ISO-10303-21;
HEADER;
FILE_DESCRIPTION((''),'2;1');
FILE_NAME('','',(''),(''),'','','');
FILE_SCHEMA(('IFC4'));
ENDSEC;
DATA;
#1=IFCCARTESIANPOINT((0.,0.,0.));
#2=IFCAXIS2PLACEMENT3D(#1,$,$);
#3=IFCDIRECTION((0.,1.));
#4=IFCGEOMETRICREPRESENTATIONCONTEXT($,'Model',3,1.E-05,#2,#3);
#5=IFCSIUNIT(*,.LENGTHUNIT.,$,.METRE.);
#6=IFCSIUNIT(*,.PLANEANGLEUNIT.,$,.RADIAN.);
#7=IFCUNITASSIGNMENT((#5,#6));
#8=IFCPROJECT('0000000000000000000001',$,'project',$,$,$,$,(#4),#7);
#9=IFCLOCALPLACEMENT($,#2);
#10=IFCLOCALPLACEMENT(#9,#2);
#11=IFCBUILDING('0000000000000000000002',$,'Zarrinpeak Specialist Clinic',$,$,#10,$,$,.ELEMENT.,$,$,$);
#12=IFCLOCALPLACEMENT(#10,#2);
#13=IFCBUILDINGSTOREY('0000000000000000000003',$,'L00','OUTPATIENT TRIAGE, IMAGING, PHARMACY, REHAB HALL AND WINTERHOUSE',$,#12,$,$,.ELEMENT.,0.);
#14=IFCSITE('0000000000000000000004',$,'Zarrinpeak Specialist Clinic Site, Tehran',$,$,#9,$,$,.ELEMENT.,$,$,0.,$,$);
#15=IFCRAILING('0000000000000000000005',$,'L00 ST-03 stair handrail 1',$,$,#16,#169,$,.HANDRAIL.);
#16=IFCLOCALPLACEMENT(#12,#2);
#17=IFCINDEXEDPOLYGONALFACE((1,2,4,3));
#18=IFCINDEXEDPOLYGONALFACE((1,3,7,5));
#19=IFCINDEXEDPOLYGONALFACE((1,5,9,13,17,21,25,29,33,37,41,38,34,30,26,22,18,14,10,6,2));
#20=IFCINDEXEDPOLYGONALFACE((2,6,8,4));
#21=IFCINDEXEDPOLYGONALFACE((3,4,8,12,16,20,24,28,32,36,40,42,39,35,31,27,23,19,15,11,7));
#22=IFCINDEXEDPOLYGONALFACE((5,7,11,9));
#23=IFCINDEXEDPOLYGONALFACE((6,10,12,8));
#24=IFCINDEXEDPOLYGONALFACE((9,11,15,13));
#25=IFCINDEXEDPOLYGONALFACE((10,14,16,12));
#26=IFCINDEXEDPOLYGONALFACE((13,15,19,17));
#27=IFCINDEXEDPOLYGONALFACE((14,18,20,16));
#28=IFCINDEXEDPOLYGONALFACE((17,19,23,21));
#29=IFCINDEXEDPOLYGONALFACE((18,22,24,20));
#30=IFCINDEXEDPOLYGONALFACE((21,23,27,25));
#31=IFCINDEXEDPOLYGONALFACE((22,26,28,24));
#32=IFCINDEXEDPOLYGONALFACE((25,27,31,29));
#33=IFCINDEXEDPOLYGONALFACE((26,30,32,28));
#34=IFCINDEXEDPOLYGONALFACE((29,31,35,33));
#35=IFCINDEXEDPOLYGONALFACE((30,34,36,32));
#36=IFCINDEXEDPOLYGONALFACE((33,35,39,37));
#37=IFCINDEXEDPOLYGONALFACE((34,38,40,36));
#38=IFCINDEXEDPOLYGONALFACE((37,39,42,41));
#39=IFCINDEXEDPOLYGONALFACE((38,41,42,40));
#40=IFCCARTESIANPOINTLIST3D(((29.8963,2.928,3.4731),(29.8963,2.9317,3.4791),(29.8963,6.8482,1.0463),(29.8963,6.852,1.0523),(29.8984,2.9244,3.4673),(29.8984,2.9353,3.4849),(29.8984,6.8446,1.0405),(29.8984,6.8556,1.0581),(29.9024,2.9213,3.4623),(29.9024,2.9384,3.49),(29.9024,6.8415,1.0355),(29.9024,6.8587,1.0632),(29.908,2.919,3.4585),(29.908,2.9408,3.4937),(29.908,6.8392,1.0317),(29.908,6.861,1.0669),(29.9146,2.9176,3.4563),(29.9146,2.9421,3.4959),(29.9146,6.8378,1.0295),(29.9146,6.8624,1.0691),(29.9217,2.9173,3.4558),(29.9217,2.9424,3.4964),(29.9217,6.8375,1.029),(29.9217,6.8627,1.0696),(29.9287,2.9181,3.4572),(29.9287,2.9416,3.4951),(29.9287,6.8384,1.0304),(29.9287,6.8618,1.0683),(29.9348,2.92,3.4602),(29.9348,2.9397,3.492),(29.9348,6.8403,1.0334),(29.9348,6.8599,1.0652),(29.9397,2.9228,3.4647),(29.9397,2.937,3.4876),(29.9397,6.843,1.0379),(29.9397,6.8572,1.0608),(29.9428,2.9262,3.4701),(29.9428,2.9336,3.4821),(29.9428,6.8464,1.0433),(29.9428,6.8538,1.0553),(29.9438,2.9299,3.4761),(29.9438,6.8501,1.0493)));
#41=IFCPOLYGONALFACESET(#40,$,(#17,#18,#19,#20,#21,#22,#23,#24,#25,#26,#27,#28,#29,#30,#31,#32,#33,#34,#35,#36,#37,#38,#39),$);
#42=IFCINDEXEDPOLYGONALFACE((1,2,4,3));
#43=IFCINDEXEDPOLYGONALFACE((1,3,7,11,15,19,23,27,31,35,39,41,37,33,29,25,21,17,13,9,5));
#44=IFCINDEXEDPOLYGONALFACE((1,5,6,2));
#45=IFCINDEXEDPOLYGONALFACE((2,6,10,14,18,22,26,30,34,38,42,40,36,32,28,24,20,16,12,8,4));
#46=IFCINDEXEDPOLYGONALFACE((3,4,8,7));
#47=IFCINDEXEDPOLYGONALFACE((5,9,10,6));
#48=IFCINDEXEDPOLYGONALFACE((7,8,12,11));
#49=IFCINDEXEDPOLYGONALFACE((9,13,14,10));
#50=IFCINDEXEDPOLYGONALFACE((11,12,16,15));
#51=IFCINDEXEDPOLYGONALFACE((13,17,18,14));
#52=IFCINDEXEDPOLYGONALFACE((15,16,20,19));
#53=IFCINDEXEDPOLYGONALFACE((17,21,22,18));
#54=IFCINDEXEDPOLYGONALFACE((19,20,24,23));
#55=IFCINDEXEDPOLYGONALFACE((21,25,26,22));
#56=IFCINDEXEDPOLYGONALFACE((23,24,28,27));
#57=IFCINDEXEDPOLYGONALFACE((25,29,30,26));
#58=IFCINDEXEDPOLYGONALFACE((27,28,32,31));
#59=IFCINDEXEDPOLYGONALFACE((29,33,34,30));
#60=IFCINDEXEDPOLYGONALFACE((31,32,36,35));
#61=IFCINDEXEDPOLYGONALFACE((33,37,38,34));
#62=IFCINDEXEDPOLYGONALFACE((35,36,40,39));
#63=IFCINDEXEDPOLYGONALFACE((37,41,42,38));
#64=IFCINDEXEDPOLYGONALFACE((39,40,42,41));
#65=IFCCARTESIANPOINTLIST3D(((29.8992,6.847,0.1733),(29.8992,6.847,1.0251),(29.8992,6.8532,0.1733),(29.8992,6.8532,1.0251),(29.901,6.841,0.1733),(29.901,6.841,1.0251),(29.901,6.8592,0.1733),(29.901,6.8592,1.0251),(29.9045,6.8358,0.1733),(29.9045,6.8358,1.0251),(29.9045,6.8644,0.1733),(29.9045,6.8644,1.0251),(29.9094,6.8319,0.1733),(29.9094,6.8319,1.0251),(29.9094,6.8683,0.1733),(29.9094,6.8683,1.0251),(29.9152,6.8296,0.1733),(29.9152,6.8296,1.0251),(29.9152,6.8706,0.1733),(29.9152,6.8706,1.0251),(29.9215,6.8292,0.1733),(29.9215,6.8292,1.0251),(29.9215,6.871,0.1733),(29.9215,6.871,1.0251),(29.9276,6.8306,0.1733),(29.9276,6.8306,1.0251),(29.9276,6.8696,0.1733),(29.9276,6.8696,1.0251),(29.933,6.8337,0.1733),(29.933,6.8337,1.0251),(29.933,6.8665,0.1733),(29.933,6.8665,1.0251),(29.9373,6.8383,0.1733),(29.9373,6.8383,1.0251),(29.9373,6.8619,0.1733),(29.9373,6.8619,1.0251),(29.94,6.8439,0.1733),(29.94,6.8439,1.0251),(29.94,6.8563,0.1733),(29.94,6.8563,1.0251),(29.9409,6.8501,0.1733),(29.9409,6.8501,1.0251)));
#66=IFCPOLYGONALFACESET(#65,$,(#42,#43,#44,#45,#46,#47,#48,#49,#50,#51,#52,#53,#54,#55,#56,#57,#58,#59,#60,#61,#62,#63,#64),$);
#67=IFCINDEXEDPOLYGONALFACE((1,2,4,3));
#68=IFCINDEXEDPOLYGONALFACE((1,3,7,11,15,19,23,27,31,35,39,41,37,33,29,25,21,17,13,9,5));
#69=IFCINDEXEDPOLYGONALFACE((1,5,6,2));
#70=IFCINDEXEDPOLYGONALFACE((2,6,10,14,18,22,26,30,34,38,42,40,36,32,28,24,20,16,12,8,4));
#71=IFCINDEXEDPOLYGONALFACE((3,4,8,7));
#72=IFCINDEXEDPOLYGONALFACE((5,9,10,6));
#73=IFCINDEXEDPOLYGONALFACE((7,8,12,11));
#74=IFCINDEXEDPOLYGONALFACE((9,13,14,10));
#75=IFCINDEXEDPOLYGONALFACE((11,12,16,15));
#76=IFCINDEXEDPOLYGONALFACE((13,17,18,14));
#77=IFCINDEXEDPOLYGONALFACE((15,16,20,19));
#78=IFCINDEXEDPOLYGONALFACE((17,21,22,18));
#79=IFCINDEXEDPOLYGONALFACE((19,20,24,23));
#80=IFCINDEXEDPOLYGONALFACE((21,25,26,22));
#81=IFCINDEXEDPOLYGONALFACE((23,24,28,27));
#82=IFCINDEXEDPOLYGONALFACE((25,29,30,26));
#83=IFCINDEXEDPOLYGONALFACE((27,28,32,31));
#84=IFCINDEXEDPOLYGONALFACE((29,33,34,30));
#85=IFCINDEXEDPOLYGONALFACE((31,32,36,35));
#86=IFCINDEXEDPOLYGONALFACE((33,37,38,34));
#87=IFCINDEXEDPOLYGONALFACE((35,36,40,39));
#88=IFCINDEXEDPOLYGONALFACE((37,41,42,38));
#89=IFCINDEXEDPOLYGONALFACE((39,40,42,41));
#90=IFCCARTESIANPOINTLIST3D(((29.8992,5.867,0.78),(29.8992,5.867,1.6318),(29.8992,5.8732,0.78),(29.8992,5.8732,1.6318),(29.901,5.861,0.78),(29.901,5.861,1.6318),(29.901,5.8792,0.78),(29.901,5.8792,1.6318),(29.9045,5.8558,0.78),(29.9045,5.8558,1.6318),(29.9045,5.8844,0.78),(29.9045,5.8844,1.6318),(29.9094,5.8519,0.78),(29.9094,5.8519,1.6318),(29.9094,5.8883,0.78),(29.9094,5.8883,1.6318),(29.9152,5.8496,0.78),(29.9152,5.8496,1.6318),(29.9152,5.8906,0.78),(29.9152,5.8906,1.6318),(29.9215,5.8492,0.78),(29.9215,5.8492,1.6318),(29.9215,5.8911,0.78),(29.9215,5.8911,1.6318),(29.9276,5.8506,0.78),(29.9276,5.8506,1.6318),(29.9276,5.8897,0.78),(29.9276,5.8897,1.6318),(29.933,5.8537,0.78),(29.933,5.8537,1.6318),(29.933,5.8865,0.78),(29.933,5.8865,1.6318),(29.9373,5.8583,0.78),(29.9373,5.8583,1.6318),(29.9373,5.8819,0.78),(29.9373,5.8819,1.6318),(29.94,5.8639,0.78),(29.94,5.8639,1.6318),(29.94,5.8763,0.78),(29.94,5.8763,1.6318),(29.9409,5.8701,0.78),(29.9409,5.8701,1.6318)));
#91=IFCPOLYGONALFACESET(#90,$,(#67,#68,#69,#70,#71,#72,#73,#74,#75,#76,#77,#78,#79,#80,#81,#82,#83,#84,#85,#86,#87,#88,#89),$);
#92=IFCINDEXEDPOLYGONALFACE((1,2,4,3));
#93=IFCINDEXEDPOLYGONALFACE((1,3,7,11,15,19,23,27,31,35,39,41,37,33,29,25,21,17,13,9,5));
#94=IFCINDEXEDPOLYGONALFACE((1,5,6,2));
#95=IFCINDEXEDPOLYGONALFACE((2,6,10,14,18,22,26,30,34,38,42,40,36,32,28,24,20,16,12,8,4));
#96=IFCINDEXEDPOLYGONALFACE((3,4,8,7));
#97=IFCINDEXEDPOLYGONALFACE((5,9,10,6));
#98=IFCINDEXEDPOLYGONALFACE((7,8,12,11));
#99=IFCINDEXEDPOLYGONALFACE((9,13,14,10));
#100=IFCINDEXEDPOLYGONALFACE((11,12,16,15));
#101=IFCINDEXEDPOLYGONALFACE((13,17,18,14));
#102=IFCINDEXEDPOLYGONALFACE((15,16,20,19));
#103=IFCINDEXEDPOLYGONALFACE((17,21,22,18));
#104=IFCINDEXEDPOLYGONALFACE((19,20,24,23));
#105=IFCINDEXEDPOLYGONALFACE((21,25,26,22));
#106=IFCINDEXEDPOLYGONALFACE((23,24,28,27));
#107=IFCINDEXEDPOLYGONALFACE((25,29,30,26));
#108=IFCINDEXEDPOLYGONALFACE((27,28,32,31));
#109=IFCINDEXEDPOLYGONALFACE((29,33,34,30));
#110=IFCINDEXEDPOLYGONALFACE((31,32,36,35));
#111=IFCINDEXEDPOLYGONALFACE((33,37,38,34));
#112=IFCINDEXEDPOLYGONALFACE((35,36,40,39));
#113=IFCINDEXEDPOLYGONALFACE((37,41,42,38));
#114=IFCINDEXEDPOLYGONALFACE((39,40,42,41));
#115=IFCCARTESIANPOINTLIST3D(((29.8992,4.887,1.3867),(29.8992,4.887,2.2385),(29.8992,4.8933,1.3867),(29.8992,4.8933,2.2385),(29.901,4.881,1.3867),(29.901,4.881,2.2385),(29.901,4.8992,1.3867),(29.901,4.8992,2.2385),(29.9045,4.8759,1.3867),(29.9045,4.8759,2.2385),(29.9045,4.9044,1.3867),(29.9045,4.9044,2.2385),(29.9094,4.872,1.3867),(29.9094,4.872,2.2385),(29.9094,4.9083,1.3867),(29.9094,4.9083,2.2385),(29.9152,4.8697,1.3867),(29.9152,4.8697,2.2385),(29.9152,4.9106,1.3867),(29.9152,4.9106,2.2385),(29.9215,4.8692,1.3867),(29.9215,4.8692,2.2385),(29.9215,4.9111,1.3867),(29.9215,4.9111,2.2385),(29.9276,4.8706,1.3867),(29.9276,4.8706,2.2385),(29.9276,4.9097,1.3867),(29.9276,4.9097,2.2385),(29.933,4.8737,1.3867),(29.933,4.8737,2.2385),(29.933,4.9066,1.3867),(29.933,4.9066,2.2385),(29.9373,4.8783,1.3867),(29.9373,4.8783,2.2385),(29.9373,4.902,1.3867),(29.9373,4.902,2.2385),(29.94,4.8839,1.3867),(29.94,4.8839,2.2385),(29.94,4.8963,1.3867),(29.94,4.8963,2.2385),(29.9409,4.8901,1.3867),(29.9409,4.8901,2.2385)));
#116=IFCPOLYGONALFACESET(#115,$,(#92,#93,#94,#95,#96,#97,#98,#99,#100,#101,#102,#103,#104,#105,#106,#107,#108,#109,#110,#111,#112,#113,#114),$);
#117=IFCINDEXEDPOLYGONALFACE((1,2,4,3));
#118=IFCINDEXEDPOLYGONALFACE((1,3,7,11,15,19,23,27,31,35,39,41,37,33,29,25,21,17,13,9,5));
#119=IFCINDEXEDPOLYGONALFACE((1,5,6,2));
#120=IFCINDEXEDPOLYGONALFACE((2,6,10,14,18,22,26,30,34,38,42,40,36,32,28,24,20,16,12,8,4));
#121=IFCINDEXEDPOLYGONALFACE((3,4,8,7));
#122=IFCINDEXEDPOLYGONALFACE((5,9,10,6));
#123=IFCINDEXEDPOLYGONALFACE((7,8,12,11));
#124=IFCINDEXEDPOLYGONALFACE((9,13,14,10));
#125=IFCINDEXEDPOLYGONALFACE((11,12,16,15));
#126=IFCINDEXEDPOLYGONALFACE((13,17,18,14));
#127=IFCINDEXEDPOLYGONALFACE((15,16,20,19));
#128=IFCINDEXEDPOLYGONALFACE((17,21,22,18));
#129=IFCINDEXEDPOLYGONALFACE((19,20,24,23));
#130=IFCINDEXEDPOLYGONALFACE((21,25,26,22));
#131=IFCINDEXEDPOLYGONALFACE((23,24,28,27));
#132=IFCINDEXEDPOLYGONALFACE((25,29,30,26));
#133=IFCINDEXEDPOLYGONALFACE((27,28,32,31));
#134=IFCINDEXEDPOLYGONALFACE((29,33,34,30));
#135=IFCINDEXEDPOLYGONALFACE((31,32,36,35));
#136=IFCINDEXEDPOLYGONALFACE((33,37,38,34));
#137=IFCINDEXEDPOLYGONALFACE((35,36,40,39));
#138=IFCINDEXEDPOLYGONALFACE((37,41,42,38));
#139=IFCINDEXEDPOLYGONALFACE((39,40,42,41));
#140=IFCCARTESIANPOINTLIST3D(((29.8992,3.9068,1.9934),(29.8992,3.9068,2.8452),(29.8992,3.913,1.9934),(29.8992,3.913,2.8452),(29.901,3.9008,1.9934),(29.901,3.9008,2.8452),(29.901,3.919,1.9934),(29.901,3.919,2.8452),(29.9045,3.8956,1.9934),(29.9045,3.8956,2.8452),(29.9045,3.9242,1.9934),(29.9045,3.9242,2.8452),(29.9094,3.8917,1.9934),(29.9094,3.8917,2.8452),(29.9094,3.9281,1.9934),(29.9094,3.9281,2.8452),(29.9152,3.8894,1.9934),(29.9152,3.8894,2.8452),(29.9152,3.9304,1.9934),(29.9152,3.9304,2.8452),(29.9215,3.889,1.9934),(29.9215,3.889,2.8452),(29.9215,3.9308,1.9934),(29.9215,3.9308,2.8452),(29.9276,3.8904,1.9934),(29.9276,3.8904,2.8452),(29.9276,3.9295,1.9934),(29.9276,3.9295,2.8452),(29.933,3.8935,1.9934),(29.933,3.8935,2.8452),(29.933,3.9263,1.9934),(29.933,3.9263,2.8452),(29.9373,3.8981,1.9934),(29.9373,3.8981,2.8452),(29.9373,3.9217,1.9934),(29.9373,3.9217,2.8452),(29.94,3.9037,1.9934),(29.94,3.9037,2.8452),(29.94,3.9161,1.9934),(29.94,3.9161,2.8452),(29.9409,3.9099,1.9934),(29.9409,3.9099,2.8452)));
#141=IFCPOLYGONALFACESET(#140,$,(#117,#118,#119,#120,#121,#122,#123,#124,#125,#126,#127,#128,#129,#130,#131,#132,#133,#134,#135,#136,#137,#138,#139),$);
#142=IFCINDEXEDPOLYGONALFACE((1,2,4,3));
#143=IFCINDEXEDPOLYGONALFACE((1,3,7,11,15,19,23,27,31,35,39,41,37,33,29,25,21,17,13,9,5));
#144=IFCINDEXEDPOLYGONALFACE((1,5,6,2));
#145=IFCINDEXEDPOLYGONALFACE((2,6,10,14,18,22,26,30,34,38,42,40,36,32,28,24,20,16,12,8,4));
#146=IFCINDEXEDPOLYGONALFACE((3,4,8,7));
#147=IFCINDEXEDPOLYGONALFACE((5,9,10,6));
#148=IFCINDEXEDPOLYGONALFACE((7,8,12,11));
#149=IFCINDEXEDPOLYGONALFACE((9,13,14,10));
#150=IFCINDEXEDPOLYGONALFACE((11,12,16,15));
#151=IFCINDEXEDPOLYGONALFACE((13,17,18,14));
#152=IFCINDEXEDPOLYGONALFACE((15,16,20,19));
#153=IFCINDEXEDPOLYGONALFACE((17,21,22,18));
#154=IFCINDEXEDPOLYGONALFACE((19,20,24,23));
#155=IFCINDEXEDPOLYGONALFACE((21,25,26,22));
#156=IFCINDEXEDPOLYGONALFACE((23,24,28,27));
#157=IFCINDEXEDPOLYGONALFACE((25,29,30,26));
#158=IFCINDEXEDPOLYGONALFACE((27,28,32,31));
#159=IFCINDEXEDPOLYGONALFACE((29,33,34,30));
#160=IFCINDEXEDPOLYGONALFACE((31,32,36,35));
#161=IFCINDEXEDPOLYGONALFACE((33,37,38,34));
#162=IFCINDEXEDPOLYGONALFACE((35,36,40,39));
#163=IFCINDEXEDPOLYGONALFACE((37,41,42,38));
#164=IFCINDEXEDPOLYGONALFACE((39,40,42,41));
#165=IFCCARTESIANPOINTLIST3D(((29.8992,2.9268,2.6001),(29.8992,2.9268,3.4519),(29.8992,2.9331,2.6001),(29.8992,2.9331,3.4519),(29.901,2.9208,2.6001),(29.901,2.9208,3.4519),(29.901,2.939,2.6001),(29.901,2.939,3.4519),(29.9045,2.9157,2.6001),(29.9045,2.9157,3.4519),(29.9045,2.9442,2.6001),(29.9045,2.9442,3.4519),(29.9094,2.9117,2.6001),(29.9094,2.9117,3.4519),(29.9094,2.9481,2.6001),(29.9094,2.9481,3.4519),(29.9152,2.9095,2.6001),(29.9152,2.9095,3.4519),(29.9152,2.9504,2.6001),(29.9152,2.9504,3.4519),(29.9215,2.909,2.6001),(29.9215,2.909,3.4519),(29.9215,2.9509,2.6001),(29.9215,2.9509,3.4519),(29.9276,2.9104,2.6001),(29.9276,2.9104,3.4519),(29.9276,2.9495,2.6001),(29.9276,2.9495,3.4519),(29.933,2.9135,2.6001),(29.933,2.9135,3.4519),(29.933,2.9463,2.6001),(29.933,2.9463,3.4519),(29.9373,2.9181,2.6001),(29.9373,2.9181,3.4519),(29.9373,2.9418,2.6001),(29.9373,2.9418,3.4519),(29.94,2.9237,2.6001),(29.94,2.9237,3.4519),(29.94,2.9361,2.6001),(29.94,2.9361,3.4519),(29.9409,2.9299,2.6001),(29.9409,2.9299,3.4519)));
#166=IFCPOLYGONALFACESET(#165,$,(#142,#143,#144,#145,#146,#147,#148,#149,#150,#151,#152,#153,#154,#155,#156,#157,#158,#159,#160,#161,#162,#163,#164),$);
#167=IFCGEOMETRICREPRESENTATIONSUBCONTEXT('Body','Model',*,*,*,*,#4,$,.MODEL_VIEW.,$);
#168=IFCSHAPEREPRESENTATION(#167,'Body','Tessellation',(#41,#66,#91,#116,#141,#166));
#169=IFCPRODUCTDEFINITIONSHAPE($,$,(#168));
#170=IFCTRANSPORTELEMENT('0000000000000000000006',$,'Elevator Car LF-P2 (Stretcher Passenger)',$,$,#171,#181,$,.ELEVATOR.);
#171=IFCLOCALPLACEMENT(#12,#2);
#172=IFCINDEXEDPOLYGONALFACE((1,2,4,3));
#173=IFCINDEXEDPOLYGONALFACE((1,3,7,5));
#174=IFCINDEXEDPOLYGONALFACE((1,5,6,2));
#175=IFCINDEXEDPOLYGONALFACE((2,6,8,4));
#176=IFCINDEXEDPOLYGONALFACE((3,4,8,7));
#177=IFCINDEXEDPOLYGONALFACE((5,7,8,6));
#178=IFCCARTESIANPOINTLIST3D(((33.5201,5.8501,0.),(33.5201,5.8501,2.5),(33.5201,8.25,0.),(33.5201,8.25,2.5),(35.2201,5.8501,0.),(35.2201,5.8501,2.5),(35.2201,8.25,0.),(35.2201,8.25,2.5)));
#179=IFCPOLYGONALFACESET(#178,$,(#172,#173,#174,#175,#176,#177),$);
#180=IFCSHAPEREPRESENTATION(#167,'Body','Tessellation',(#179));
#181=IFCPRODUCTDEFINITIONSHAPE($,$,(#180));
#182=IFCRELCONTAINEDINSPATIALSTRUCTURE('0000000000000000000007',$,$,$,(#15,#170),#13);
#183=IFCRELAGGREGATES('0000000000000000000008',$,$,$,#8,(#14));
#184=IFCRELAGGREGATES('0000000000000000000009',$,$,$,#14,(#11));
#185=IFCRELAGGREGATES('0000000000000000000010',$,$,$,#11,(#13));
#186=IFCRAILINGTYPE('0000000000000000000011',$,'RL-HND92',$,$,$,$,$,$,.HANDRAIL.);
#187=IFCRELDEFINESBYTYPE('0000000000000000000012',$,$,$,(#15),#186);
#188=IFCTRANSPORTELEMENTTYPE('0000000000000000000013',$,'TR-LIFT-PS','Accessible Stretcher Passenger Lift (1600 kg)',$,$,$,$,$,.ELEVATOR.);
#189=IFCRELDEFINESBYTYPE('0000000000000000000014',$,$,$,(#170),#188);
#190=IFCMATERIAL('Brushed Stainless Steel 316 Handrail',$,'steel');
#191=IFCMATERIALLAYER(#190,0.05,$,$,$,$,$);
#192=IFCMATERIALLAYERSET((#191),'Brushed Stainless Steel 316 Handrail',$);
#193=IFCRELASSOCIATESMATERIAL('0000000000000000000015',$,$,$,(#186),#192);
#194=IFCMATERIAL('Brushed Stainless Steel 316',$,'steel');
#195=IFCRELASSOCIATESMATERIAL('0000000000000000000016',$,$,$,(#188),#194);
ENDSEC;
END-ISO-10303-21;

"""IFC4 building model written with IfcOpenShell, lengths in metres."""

from ifc_helpers import new_model, si_unit, direction, frame, origin, origin_2d, place, context, subcontext, project, spatial, rectangle, circle, extrude, material, layer, layer_set, type_object, element, save


model = new_model("IFC4")

# Units and contexts
model_context = context("Model", 3, precision=1e-05, world=origin(), true_north=direction((0.0, 1.0)))
body_context = subcontext(model_context, "Body", "Model", "MODEL_VIEW")
ifc_project = project(units=[si_unit("LENGTHUNIT", "METRE"), si_unit("PLANEANGLEUNIT", "RADIAN")], contexts=[model_context])

# Site, building, storey
site_placement = place(None, origin())
site = spatial("IfcSite", under=ifc_project, at=site_placement, Name="Zarrinpeak Specialist Clinic Site, Tehran", CompositionType="ELEMENT", RefElevation=0.0)
building_placement = place(site_placement, origin())
building = spatial("IfcBuilding", under=site, at=building_placement, Name="Zarrinpeak Specialist Clinic", CompositionType="ELEMENT")
storey_placement = place(building_placement, origin())
storey = spatial("IfcBuildingStorey", under=building, at=storey_placement, Name="L00", Description="OUTPATIENT TRIAGE, IMAGING, PHARMACY, REHAB HALL AND WINTERHOUSE", CompositionType="ELEMENT", Elevation=0.0)

# Railing
ifc_material_1 = material(Name="Brushed Stainless Steel 316 Handrail", Category="steel")
ifc_layer_1 = layer(ifc_material_1, 0.05)
ifc_layer_set_1 = layer_set([ifc_layer_1], Name="Brushed Stainless Steel 316 Handrail")
railing_type_1 = type_object("IfcRailingType", Name="RL-HND92", PredefinedType="HANDRAIL", material=ifc_layer_set_1)
railing_1_placement = place(storey_placement, frame((29.9199, 6.8501, 0.1733)))
element("IfcRailing", 1, at=railing_1_placement, inside=storey, type_object=railing_type_1, Name="L00 ST-03 stair handrail 1", PredefinedType="HANDRAIL", context=body_context, shape_type="SweptSolid", body=[
    extrude(circle(Radius=0.0239, at=origin_2d()), frame((0.0, 0.0, 0.876), z_axis=(0.0, -0.850266, 0.526353), x_axis=(1.0, 0.0, 0.0)), (0.0, 0.0, 1.0), 4.6106),
    extrude(circle(Radius=0.021, at=origin_2d()), origin(), (0.0, 0.0, 1.0), 0.8518),
    extrude(circle(Radius=0.021, at=origin_2d()), frame((0.0, -0.98, 0.6067)), (0.0, 0.0, 1.0), 0.8518),
    extrude(circle(Radius=0.021, at=origin_2d()), frame((0.0, -1.96, 1.2134)), (0.0, 0.0, 1.0), 0.8518),
    extrude(circle(Radius=0.021, at=origin_2d()), frame((0.0, -2.9402, 1.8201)), (0.0, 0.0, 1.0), 0.8518),
    extrude(circle(Radius=0.021, at=origin_2d()), frame((0.0, -3.9202, 2.4268)), (0.0, 0.0, 1.0), 0.8518),
])

# Transport element
ifc_material_2 = material(Name="Brushed Stainless Steel 316", Category="steel")
transport_element_type = type_object("IfcTransportElementType", Name="TR-LIFT-PS", Description="Accessible Stretcher Passenger Lift (1600 kg)", PredefinedType="ELEVATOR", material=ifc_material_2)
transport_element_placement = place(storey_placement, frame((34.3701, 7.05, 0.0), z_axis=(0.0, 0.0, 1.0), x_axis=(1.0, 0.0, 0.0)))
element("IfcTransportElement", 2, at=transport_element_placement, inside=storey, type_object=transport_element_type, Name="Elevator Car LF-P2 (Stretcher Passenger)", PredefinedType="ELEVATOR", context=body_context, shape_type="SweptSolid", body=[
    extrude(rectangle(XDim=1.7, YDim=2.3999, at=origin_2d()), origin(), (0.0, 0.0, 1.0), 2.5),
])

save(model, "model.ifc")
